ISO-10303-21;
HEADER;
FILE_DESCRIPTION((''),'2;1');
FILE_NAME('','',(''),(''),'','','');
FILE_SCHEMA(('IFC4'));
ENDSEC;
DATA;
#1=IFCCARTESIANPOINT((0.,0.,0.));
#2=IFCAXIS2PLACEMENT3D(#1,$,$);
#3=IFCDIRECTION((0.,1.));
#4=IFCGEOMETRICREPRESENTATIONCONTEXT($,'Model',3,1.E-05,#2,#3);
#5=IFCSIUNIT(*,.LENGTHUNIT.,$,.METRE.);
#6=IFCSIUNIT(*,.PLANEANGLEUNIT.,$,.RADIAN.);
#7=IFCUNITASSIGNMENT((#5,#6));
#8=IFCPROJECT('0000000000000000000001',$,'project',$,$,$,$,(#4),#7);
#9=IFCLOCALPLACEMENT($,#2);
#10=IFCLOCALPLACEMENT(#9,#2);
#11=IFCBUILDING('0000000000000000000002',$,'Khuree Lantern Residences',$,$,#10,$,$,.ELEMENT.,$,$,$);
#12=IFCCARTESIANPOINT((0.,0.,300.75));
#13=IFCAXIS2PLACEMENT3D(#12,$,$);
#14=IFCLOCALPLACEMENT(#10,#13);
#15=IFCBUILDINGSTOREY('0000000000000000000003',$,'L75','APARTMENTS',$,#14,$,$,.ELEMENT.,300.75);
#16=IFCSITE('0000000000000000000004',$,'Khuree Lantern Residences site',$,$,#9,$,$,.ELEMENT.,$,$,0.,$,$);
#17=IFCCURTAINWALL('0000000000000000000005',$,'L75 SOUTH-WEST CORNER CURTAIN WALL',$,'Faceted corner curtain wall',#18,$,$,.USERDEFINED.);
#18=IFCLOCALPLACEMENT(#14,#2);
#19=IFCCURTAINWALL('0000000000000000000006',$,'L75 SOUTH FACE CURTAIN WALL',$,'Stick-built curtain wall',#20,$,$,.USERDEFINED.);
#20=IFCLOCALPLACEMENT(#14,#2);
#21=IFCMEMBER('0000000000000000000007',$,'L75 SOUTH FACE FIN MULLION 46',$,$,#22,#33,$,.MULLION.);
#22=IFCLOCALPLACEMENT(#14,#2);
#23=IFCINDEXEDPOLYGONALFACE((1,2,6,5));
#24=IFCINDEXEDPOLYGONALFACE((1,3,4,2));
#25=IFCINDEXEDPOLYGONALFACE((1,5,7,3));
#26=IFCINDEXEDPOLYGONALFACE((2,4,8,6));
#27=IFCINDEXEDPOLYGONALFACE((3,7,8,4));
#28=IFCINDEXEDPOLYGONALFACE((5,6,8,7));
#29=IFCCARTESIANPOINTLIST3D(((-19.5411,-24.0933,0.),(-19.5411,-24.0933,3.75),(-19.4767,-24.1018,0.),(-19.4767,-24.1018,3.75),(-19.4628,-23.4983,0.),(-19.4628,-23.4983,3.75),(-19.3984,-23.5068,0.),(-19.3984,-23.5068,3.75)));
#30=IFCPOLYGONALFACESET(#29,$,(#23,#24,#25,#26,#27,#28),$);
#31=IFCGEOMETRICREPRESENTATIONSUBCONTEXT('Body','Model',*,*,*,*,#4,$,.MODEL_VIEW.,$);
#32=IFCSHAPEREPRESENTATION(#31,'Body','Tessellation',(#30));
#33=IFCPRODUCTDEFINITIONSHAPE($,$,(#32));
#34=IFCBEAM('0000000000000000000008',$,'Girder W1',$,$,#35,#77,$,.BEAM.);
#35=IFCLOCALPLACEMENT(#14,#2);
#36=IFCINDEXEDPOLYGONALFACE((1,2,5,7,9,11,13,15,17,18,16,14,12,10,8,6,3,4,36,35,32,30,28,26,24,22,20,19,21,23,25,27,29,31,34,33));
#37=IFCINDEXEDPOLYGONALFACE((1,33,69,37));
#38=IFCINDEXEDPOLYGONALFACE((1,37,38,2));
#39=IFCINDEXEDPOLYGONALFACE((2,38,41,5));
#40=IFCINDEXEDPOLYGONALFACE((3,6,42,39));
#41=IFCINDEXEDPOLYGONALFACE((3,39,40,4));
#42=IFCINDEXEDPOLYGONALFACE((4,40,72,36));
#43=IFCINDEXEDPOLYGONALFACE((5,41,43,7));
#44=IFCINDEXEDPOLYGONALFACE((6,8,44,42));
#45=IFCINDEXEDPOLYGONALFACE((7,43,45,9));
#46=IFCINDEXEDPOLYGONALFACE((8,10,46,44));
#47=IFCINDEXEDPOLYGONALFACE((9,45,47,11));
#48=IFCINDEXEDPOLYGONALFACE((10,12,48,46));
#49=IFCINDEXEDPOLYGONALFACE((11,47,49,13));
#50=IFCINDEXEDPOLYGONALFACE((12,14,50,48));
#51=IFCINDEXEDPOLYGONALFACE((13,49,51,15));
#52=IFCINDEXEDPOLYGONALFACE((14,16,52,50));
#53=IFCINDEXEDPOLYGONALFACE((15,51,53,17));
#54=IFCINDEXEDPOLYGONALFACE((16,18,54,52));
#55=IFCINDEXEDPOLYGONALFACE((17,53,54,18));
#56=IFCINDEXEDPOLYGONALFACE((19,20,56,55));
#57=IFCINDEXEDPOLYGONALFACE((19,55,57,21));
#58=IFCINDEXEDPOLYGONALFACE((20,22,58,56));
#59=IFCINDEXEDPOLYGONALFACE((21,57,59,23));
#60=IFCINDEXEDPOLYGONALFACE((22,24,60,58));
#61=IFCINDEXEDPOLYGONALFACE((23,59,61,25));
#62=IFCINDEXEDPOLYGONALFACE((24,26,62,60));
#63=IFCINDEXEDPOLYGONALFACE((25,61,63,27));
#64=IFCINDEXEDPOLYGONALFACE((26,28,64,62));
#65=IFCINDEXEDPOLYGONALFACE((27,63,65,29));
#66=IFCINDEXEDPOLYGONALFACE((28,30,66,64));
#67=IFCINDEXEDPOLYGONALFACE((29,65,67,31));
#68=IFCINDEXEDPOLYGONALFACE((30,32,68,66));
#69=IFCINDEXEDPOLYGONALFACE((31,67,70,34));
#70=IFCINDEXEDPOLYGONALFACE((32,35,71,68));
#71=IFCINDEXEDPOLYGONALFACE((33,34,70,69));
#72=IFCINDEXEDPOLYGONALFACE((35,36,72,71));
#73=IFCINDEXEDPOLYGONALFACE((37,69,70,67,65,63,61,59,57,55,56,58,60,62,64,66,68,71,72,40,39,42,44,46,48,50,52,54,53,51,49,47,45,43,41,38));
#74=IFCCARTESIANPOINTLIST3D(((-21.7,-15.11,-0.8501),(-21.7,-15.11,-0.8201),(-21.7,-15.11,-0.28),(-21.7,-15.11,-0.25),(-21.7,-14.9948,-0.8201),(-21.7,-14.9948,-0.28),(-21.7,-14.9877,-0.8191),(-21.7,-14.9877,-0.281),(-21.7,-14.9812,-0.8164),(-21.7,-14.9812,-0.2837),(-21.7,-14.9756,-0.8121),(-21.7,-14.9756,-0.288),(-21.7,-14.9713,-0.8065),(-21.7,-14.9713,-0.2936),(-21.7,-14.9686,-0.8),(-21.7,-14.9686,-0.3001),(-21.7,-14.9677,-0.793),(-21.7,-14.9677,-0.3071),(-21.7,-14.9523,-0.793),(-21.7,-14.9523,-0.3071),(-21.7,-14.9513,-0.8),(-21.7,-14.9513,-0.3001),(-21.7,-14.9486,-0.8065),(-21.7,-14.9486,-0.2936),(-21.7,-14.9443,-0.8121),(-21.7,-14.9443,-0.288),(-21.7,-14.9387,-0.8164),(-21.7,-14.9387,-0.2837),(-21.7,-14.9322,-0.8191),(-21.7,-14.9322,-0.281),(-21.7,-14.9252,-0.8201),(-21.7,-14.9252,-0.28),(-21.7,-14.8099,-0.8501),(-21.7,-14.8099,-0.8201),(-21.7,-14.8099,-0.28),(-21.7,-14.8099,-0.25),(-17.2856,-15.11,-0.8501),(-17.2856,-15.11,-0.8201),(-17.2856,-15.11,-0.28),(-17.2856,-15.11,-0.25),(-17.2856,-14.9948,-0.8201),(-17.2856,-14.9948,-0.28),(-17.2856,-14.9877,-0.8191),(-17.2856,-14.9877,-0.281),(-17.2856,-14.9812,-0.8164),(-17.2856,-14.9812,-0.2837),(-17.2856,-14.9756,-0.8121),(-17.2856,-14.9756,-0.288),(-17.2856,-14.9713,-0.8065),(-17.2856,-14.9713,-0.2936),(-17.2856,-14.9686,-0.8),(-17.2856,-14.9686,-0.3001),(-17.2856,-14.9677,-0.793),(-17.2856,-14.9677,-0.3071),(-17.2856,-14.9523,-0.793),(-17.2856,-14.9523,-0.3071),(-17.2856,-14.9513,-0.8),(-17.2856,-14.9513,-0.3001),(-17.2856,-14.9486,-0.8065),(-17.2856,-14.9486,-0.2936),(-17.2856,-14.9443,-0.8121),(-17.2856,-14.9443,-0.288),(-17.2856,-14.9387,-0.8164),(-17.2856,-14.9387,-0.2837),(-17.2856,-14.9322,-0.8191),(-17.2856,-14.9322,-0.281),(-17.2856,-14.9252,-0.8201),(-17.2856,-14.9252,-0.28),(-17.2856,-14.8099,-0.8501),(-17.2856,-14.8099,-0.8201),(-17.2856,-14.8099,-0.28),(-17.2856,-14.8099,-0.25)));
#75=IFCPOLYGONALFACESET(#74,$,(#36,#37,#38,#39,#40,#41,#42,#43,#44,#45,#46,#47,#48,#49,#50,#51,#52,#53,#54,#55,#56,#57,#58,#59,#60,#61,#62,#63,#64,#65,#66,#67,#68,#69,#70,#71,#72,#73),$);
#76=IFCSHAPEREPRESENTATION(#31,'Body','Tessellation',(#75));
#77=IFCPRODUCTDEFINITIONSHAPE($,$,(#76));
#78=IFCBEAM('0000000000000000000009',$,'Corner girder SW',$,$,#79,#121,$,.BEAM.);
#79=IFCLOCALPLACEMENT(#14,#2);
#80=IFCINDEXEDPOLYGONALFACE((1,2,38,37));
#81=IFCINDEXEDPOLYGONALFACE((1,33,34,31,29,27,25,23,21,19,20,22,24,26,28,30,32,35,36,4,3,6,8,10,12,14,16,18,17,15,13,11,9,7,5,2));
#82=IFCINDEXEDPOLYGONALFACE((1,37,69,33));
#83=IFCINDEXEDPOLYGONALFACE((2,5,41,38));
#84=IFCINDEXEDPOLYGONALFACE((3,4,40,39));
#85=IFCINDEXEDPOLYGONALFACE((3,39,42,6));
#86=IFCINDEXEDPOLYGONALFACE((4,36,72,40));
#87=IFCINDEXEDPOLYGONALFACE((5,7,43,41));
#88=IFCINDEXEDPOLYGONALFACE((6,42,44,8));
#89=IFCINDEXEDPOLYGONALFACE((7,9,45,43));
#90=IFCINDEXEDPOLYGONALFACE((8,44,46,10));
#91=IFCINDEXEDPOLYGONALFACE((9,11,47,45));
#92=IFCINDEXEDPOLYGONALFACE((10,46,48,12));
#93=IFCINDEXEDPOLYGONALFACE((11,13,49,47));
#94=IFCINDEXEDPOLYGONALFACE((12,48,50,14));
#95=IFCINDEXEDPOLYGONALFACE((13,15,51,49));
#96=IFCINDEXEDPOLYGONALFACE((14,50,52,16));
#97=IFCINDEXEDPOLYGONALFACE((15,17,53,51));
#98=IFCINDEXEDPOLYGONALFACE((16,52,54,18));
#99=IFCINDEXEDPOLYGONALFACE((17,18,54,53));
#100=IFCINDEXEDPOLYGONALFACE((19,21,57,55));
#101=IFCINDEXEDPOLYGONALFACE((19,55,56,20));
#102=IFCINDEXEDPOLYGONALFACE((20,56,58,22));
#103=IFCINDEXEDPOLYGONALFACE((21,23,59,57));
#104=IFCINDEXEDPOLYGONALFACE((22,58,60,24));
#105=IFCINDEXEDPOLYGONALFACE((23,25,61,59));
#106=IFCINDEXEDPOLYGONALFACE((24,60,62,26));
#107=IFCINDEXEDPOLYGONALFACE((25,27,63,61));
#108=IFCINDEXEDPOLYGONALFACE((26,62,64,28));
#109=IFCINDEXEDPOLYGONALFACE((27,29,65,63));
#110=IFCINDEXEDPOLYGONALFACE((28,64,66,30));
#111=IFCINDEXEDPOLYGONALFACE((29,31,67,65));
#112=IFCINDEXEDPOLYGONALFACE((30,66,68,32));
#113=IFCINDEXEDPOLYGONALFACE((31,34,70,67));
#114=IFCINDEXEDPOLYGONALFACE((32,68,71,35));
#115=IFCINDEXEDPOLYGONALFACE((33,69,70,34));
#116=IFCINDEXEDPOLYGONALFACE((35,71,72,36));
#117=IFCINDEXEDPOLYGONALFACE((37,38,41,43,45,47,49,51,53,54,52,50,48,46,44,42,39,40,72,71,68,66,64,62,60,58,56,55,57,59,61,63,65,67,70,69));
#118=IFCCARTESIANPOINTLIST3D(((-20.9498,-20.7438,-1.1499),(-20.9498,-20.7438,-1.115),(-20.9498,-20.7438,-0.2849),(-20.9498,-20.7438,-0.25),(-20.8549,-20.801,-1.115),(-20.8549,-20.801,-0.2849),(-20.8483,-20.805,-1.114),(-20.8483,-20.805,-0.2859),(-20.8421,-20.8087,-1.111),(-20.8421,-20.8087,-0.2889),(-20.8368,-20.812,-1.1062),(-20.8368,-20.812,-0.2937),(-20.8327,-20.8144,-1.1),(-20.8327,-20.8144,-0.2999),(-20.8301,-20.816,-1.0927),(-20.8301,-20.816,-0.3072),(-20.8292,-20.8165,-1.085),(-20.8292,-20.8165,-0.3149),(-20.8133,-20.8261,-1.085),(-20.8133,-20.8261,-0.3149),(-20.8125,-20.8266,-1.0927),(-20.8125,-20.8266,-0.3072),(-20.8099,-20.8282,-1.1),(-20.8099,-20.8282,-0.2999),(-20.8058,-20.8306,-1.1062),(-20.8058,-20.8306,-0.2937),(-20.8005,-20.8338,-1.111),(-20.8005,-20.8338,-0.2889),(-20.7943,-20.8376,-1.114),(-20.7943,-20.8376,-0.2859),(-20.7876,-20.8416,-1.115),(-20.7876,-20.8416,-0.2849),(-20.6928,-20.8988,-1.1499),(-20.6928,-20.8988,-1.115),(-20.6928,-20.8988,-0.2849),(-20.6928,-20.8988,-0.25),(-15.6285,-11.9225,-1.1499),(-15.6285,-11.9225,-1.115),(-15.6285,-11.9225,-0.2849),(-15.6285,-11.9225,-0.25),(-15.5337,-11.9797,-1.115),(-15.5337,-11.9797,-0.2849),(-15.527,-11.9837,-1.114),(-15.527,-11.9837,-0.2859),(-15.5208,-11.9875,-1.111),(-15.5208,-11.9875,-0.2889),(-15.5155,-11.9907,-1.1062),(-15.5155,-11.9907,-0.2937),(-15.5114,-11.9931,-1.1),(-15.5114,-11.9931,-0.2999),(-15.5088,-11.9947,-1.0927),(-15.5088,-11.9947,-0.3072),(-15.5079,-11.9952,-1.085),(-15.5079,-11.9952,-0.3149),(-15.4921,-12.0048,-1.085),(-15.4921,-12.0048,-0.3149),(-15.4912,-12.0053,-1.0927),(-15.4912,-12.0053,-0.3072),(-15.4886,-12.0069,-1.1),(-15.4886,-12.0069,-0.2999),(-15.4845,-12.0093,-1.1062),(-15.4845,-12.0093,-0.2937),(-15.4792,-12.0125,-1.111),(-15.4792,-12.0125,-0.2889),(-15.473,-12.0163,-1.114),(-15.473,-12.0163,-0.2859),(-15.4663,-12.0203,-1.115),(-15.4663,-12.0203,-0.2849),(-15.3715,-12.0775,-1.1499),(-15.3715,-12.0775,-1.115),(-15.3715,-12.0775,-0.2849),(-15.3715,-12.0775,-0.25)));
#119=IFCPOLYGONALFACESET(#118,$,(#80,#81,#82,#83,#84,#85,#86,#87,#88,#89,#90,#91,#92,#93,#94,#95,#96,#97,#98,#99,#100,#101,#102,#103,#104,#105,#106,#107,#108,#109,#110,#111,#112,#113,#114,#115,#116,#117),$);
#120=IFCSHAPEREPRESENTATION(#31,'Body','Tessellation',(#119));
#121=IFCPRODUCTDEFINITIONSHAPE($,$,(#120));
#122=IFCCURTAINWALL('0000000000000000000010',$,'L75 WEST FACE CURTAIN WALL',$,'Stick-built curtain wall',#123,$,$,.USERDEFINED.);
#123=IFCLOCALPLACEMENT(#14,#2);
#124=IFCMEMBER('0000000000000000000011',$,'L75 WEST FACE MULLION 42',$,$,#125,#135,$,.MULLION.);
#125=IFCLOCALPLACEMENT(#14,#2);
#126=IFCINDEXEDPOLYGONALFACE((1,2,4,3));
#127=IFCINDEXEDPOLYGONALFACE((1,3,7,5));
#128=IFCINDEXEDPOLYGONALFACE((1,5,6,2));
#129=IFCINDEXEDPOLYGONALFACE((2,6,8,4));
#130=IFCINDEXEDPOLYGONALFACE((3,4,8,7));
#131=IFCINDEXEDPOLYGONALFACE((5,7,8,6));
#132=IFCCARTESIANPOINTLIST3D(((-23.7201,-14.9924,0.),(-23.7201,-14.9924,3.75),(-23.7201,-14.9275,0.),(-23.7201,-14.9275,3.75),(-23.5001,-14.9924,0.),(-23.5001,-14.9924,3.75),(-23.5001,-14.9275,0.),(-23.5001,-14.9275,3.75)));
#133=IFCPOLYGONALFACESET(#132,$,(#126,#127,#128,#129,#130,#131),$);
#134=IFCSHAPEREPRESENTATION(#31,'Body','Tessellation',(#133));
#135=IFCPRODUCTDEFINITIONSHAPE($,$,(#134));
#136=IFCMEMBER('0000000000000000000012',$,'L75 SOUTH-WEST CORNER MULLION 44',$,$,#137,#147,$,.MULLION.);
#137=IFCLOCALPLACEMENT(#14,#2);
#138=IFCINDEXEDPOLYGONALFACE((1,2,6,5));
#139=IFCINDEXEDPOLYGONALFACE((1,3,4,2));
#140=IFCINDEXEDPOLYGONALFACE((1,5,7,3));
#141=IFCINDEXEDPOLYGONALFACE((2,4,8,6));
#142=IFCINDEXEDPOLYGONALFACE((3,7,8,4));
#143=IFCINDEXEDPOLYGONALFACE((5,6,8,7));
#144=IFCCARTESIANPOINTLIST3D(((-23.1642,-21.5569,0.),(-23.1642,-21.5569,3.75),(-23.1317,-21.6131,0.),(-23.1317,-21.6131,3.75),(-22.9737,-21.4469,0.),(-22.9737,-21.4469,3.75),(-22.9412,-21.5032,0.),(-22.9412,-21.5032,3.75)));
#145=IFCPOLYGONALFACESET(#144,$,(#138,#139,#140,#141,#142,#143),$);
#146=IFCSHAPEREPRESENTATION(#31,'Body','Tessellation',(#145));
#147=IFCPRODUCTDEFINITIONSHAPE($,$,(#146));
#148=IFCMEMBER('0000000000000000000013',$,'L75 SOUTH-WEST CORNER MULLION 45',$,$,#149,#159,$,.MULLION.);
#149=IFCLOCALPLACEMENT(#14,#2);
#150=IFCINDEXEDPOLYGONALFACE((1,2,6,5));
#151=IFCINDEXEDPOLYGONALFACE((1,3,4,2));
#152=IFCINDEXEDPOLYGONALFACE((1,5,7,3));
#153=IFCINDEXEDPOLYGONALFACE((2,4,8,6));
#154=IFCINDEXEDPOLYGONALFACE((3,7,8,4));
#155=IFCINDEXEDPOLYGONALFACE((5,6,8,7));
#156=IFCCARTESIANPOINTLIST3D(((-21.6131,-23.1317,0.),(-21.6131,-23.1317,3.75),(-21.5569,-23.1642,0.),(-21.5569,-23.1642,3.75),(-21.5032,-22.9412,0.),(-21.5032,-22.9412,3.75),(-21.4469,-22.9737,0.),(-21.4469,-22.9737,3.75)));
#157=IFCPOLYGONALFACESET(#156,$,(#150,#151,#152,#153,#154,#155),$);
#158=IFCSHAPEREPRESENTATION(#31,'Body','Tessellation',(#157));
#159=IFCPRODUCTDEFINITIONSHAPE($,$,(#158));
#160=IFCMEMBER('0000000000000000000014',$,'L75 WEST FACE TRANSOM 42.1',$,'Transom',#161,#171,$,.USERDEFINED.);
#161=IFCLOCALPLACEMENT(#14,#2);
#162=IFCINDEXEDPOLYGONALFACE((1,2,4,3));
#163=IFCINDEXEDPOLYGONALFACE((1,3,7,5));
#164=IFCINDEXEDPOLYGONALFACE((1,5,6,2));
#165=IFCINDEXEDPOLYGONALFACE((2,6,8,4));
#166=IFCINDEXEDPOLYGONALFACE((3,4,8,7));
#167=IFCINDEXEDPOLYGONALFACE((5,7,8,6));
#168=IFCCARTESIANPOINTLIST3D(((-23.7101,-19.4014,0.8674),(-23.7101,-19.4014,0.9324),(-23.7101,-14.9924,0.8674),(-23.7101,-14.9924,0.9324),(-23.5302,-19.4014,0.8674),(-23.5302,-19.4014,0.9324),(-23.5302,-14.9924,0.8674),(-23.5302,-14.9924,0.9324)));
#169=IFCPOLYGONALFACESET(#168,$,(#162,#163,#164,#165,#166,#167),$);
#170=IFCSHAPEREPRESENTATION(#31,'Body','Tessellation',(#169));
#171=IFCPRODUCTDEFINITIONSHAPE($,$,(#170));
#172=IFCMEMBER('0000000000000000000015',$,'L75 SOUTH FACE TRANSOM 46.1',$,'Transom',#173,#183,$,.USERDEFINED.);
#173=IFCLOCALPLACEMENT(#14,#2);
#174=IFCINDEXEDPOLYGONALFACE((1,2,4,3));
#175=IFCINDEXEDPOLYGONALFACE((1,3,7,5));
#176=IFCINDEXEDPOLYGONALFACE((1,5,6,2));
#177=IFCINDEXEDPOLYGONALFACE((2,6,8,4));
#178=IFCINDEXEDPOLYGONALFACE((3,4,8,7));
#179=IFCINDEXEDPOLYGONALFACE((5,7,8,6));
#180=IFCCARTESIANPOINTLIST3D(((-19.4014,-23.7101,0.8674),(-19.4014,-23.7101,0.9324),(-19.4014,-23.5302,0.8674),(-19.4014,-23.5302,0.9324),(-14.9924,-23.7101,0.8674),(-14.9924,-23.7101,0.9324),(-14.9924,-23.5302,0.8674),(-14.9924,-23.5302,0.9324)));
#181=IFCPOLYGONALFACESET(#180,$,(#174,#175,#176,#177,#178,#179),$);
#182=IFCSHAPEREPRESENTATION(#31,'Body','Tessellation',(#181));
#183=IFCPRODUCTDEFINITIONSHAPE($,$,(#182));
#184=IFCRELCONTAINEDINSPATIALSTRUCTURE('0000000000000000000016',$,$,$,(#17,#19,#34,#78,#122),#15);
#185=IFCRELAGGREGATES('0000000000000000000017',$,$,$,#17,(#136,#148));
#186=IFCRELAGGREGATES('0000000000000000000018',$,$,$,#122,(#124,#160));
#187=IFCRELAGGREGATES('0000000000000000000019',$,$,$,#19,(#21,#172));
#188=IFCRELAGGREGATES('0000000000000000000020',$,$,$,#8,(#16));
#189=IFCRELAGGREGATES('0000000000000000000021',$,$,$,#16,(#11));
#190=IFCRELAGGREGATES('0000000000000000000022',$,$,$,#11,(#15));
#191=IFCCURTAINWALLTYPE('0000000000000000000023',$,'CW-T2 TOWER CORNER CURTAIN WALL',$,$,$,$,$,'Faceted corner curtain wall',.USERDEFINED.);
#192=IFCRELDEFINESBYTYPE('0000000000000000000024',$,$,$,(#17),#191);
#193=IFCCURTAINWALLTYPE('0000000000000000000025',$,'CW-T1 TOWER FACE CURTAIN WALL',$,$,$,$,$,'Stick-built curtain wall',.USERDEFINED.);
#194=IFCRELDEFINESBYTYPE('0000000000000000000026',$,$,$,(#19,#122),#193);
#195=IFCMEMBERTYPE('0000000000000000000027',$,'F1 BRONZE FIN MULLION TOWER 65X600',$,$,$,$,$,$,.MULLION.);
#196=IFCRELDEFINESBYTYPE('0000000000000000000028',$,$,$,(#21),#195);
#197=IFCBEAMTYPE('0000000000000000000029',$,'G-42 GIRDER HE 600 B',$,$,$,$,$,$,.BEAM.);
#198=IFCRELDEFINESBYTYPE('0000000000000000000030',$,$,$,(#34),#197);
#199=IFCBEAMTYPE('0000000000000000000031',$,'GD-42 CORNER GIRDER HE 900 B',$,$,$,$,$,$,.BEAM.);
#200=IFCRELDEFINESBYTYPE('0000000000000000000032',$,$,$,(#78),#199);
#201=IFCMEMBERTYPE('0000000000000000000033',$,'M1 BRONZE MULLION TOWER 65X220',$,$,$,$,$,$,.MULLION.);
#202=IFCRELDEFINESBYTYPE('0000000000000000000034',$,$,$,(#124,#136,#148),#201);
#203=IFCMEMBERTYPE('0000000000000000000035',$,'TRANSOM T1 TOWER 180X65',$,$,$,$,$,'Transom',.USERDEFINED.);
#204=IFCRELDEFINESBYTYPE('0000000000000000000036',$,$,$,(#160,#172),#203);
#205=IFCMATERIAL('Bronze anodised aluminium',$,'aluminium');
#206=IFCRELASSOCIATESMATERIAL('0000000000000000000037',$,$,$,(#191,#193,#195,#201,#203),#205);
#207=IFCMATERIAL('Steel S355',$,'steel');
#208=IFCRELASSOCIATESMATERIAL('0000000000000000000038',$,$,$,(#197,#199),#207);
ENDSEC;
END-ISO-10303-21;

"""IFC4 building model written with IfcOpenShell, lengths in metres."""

from ifc_helpers import new_model, si_unit, direction, frame, origin, origin_2d, place, context, subcontext, project, spatial, rectangle, i_section, extrude, material, material_profile, profile_set, type_object, element, aggregate, save


model = new_model("IFC4")

# Units and contexts
model_context = context("Model", 3, precision=1e-05, world=origin(), true_north=direction((0.0, 1.0)))
body_context = subcontext(model_context, "Body", "Model", "MODEL_VIEW")
ifc_project = project(units=[si_unit("LENGTHUNIT", "METRE"), si_unit("PLANEANGLEUNIT", "RADIAN")], contexts=[model_context])

# Site, building, storey
site_placement = place(None, origin())
site = spatial("IfcSite", under=ifc_project, at=site_placement, Name="Khuree Lantern Residences site", CompositionType="ELEMENT", RefElevation=0.0)
building_placement = place(site_placement, origin())
building = spatial("IfcBuilding", under=site, at=building_placement, Name="Khuree Lantern Residences", CompositionType="ELEMENT")
storey_placement = place(building_placement, frame((0.0, 0.0, 300.75)))
storey = spatial("IfcBuildingStorey", under=building, at=storey_placement, Name="L75", Description="APARTMENTS", CompositionType="ELEMENT", Elevation=300.75)

# Shared definitions
ifc_material_1 = material(Name="Steel S355", Category="steel")

# Curtain walls, member
ifc_material_2 = material(Name="Bronze anodised aluminium", Category="aluminium")
curtain_wall_type_1 = type_object("IfcCurtainWallType", Name="CW-T2 TOWER CORNER CURTAIN WALL", ElementType="Faceted corner curtain wall", PredefinedType="USERDEFINED", material=ifc_material_2)
curtain_wall_1_placement = place(storey_placement, origin())
curtain_wall_1 = element("IfcCurtainWall", 1, at=curtain_wall_1_placement, inside=storey, type_object=curtain_wall_type_1, Name="L75 SOUTH-WEST CORNER CURTAIN WALL", ObjectType="Faceted corner curtain wall", PredefinedType="USERDEFINED")
ifc_material_profile_1 = material_profile(ifc_material_2, rectangle(XDim=0.0649, YDim=0.6001, at=origin_2d()), Name="F1 65X600")
ifc_profile_set_1 = profile_set([ifc_material_profile_1], Name="Bronze anodised aluminium")
member_type_1 = type_object("IfcMemberType", Name="F1 BRONZE FIN MULLION TOWER 65X600", PredefinedType="MULLION", material=ifc_profile_set_1)
curtain_wall_type_2 = type_object("IfcCurtainWallType", Name="CW-T1 TOWER FACE CURTAIN WALL", ElementType="Stick-built curtain wall", PredefinedType="USERDEFINED", material=ifc_material_2)
curtain_wall_2_placement = place(storey_placement, origin())
curtain_wall_2 = element("IfcCurtainWall", 2, at=curtain_wall_2_placement, inside=storey, type_object=curtain_wall_type_2, Name="L75 SOUTH FACE CURTAIN WALL", ObjectType="Stick-built curtain wall", PredefinedType="USERDEFINED")
member_1_placement = place(storey_placement, frame((-19.4697, -23.8, 0.0), z_axis=(0.0, 0.0, 1.0), x_axis=(0.991445, -0.130526, 0.0)))
member_1 = element("IfcMember", 3, at=member_1_placement, type_object=member_type_1, Name="L75 SOUTH FACE FIN MULLION 46", PredefinedType="MULLION", context=body_context, shape_type="SweptSolid", body=[
    extrude(rectangle(XDim=0.0649, YDim=0.6001, at=origin_2d()), origin(), (0.0, 0.0, 1.0), 3.75),
])

# Beams
ifc_material_profile_2 = material_profile(ifc_material_1, i_section(OverallWidth=0.3, OverallDepth=0.6001, WebThickness=0.0154, FlangeThickness=0.03, FilletRadius=0.0271, at=origin_2d()), Name="HE 600 B")
ifc_profile_set_2 = profile_set([ifc_material_profile_2], Name="Steel S355")
beam_type_1 = type_object("IfcBeamType", Name="G-42 GIRDER HE 600 B", PredefinedType="BEAM", material=ifc_profile_set_2)
beam_1_placement = place(storey_placement, frame((-21.7, -14.96, -0.55), z_axis=(1.0, 0.0, 0.0), x_axis=(0.0, 1.0, 0.0)))
element("IfcBeam", 4, at=beam_1_placement, inside=storey, type_object=beam_type_1, Name="Girder W1", PredefinedType="BEAM", context=body_context, shape_type="SweptSolid", body=[
    extrude(i_section(OverallWidth=0.3, OverallDepth=0.6001, WebThickness=0.0154, FlangeThickness=0.03, FilletRadius=0.0271, at=origin_2d()), origin(), (0.0, 0.0, 1.0), 4.4143),
])
ifc_material_profile_3 = material_profile(ifc_material_1, i_section(OverallWidth=0.3, OverallDepth=0.8999, WebThickness=0.0186, FlangeThickness=0.0349, FilletRadius=0.03, at=origin_2d()), Name="HE 900 B")
ifc_profile_set_3 = profile_set([ifc_material_profile_3], Name="Steel S355")
beam_type_2 = type_object("IfcBeamType", Name="GD-42 CORNER GIRDER HE 900 B", PredefinedType="BEAM", material=ifc_profile_set_3)
beam_2_placement = place(storey_placement, frame((-20.8213, -20.8213, -0.7), z_axis=(0.51653, 0.856269, 0.0), x_axis=(-0.856269, 0.51653, 0.0)))
element("IfcBeam", 5, at=beam_2_placement, inside=storey, type_object=beam_type_2, Name="Corner girder SW", PredefinedType="BEAM", context=body_context, shape_type="SweptSolid", body=[
    extrude(i_section(OverallWidth=0.3, OverallDepth=0.8999, WebThickness=0.0186, FlangeThickness=0.0349, FilletRadius=0.03, at=origin_2d()), origin(), (0.0, 0.0, 1.0), 10.302),
])

# Curtain wall, member
curtain_wall_3_placement = place(storey_placement, origin())
curtain_wall_3 = element("IfcCurtainWall", 6, at=curtain_wall_3_placement, inside=storey, type_object=curtain_wall_type_2, Name="L75 WEST FACE CURTAIN WALL", ObjectType="Stick-built curtain wall", PredefinedType="USERDEFINED")
ifc_material_profile_4 = material_profile(ifc_material_2, rectangle(XDim=0.0649, YDim=0.22, at=origin_2d()), Name="M1 65X220")
ifc_profile_set_4 = profile_set([ifc_material_profile_4], Name="Bronze anodised aluminium")
member_type_2 = type_object("IfcMemberType", Name="M1 BRONZE MULLION TOWER 65X220", PredefinedType="MULLION", material=ifc_profile_set_4)
member_2_placement = place(storey_placement, frame((-23.6101, -14.96, 0.0), z_axis=(0.0, 0.0, 1.0), x_axis=(0.0, -1.0, 0.0)))
member_2 = element("IfcMember", 7, at=member_2_placement, type_object=member_type_2, Name="L75 WEST FACE MULLION 42", PredefinedType="MULLION", context=body_context, shape_type="SweptSolid", body=[
    extrude(rectangle(XDim=0.0649, YDim=0.22, at=origin_2d()), origin(), (0.0, 0.0, 1.0), 3.75),
])

# Members
member_3_placement = place(storey_placement, frame((-23.0527, -21.53, 0.0), z_axis=(0.0, 0.0, 1.0), x_axis=(0.5, -0.866025, 0.0)))
member_3 = element("IfcMember", 8, at=member_3_placement, type_object=member_type_2, Name="L75 SOUTH-WEST CORNER MULLION 44", PredefinedType="MULLION", context=body_context, shape_type="SweptSolid", body=[
    extrude(rectangle(XDim=0.0649, YDim=0.22, at=origin_2d()), origin(), (0.0, 0.0, 1.0), 3.75),
])
member_4_placement = place(storey_placement, frame((-21.53, -23.0527, 0.0), z_axis=(0.0, 0.0, 1.0), x_axis=(0.866025, -0.5, 0.0)))
member_4 = element("IfcMember", 9, at=member_4_placement, type_object=member_type_2, Name="L75 SOUTH-WEST CORNER MULLION 45", PredefinedType="MULLION", context=body_context, shape_type="SweptSolid", body=[
    extrude(rectangle(XDim=0.0649, YDim=0.22, at=origin_2d()), origin(), (0.0, 0.0, 1.0), 3.75),
])
ifc_material_profile_5 = material_profile(ifc_material_2, rectangle(XDim=0.1799, YDim=0.0649, at=origin_2d()), Name="T1 180X65")
ifc_profile_set_5 = profile_set([ifc_material_profile_5], Name="Bronze anodised aluminium")
member_type_3 = type_object("IfcMemberType", Name="TRANSOM T1 TOWER 180X65", ElementType="Transom", PredefinedType="USERDEFINED", material=ifc_profile_set_5)
member_5_placement = place(storey_placement, frame((-23.6201, -14.9924, 0.8999), z_axis=(0.0, -1.0, 0.0), x_axis=(1.0, 0.0, 0.0)))
member_5 = element("IfcMember", 10, at=member_5_placement, type_object=member_type_3, Name="L75 WEST FACE TRANSOM 42.1", ObjectType="Transom", PredefinedType="USERDEFINED", context=body_context, shape_type="SweptSolid", body=[
    extrude(rectangle(XDim=0.1799, YDim=0.0649, at=origin_2d()), origin(), (0.0, 0.0, 1.0), 4.4089),
])
member_6_placement = place(storey_placement, frame((-19.4014, -23.6201, 0.8999), z_axis=(1.0, 0.0, 0.0), x_axis=(0.0, 1.0, 0.0)))
member_6 = element("IfcMember", 11, at=member_6_placement, type_object=member_type_3, Name="L75 SOUTH FACE TRANSOM 46.1", ObjectType="Transom", PredefinedType="USERDEFINED", context=body_context, shape_type="SweptSolid", body=[
    extrude(rectangle(XDim=0.1799, YDim=0.0649, at=origin_2d()), origin(), (0.0, 0.0, 1.0), 4.4089),
])

aggregate(curtain_wall_1, [member_3, member_4])
aggregate(curtain_wall_3, [member_2, member_5])
aggregate(curtain_wall_2, [member_1, member_6])

save(model, "model.ifc")
